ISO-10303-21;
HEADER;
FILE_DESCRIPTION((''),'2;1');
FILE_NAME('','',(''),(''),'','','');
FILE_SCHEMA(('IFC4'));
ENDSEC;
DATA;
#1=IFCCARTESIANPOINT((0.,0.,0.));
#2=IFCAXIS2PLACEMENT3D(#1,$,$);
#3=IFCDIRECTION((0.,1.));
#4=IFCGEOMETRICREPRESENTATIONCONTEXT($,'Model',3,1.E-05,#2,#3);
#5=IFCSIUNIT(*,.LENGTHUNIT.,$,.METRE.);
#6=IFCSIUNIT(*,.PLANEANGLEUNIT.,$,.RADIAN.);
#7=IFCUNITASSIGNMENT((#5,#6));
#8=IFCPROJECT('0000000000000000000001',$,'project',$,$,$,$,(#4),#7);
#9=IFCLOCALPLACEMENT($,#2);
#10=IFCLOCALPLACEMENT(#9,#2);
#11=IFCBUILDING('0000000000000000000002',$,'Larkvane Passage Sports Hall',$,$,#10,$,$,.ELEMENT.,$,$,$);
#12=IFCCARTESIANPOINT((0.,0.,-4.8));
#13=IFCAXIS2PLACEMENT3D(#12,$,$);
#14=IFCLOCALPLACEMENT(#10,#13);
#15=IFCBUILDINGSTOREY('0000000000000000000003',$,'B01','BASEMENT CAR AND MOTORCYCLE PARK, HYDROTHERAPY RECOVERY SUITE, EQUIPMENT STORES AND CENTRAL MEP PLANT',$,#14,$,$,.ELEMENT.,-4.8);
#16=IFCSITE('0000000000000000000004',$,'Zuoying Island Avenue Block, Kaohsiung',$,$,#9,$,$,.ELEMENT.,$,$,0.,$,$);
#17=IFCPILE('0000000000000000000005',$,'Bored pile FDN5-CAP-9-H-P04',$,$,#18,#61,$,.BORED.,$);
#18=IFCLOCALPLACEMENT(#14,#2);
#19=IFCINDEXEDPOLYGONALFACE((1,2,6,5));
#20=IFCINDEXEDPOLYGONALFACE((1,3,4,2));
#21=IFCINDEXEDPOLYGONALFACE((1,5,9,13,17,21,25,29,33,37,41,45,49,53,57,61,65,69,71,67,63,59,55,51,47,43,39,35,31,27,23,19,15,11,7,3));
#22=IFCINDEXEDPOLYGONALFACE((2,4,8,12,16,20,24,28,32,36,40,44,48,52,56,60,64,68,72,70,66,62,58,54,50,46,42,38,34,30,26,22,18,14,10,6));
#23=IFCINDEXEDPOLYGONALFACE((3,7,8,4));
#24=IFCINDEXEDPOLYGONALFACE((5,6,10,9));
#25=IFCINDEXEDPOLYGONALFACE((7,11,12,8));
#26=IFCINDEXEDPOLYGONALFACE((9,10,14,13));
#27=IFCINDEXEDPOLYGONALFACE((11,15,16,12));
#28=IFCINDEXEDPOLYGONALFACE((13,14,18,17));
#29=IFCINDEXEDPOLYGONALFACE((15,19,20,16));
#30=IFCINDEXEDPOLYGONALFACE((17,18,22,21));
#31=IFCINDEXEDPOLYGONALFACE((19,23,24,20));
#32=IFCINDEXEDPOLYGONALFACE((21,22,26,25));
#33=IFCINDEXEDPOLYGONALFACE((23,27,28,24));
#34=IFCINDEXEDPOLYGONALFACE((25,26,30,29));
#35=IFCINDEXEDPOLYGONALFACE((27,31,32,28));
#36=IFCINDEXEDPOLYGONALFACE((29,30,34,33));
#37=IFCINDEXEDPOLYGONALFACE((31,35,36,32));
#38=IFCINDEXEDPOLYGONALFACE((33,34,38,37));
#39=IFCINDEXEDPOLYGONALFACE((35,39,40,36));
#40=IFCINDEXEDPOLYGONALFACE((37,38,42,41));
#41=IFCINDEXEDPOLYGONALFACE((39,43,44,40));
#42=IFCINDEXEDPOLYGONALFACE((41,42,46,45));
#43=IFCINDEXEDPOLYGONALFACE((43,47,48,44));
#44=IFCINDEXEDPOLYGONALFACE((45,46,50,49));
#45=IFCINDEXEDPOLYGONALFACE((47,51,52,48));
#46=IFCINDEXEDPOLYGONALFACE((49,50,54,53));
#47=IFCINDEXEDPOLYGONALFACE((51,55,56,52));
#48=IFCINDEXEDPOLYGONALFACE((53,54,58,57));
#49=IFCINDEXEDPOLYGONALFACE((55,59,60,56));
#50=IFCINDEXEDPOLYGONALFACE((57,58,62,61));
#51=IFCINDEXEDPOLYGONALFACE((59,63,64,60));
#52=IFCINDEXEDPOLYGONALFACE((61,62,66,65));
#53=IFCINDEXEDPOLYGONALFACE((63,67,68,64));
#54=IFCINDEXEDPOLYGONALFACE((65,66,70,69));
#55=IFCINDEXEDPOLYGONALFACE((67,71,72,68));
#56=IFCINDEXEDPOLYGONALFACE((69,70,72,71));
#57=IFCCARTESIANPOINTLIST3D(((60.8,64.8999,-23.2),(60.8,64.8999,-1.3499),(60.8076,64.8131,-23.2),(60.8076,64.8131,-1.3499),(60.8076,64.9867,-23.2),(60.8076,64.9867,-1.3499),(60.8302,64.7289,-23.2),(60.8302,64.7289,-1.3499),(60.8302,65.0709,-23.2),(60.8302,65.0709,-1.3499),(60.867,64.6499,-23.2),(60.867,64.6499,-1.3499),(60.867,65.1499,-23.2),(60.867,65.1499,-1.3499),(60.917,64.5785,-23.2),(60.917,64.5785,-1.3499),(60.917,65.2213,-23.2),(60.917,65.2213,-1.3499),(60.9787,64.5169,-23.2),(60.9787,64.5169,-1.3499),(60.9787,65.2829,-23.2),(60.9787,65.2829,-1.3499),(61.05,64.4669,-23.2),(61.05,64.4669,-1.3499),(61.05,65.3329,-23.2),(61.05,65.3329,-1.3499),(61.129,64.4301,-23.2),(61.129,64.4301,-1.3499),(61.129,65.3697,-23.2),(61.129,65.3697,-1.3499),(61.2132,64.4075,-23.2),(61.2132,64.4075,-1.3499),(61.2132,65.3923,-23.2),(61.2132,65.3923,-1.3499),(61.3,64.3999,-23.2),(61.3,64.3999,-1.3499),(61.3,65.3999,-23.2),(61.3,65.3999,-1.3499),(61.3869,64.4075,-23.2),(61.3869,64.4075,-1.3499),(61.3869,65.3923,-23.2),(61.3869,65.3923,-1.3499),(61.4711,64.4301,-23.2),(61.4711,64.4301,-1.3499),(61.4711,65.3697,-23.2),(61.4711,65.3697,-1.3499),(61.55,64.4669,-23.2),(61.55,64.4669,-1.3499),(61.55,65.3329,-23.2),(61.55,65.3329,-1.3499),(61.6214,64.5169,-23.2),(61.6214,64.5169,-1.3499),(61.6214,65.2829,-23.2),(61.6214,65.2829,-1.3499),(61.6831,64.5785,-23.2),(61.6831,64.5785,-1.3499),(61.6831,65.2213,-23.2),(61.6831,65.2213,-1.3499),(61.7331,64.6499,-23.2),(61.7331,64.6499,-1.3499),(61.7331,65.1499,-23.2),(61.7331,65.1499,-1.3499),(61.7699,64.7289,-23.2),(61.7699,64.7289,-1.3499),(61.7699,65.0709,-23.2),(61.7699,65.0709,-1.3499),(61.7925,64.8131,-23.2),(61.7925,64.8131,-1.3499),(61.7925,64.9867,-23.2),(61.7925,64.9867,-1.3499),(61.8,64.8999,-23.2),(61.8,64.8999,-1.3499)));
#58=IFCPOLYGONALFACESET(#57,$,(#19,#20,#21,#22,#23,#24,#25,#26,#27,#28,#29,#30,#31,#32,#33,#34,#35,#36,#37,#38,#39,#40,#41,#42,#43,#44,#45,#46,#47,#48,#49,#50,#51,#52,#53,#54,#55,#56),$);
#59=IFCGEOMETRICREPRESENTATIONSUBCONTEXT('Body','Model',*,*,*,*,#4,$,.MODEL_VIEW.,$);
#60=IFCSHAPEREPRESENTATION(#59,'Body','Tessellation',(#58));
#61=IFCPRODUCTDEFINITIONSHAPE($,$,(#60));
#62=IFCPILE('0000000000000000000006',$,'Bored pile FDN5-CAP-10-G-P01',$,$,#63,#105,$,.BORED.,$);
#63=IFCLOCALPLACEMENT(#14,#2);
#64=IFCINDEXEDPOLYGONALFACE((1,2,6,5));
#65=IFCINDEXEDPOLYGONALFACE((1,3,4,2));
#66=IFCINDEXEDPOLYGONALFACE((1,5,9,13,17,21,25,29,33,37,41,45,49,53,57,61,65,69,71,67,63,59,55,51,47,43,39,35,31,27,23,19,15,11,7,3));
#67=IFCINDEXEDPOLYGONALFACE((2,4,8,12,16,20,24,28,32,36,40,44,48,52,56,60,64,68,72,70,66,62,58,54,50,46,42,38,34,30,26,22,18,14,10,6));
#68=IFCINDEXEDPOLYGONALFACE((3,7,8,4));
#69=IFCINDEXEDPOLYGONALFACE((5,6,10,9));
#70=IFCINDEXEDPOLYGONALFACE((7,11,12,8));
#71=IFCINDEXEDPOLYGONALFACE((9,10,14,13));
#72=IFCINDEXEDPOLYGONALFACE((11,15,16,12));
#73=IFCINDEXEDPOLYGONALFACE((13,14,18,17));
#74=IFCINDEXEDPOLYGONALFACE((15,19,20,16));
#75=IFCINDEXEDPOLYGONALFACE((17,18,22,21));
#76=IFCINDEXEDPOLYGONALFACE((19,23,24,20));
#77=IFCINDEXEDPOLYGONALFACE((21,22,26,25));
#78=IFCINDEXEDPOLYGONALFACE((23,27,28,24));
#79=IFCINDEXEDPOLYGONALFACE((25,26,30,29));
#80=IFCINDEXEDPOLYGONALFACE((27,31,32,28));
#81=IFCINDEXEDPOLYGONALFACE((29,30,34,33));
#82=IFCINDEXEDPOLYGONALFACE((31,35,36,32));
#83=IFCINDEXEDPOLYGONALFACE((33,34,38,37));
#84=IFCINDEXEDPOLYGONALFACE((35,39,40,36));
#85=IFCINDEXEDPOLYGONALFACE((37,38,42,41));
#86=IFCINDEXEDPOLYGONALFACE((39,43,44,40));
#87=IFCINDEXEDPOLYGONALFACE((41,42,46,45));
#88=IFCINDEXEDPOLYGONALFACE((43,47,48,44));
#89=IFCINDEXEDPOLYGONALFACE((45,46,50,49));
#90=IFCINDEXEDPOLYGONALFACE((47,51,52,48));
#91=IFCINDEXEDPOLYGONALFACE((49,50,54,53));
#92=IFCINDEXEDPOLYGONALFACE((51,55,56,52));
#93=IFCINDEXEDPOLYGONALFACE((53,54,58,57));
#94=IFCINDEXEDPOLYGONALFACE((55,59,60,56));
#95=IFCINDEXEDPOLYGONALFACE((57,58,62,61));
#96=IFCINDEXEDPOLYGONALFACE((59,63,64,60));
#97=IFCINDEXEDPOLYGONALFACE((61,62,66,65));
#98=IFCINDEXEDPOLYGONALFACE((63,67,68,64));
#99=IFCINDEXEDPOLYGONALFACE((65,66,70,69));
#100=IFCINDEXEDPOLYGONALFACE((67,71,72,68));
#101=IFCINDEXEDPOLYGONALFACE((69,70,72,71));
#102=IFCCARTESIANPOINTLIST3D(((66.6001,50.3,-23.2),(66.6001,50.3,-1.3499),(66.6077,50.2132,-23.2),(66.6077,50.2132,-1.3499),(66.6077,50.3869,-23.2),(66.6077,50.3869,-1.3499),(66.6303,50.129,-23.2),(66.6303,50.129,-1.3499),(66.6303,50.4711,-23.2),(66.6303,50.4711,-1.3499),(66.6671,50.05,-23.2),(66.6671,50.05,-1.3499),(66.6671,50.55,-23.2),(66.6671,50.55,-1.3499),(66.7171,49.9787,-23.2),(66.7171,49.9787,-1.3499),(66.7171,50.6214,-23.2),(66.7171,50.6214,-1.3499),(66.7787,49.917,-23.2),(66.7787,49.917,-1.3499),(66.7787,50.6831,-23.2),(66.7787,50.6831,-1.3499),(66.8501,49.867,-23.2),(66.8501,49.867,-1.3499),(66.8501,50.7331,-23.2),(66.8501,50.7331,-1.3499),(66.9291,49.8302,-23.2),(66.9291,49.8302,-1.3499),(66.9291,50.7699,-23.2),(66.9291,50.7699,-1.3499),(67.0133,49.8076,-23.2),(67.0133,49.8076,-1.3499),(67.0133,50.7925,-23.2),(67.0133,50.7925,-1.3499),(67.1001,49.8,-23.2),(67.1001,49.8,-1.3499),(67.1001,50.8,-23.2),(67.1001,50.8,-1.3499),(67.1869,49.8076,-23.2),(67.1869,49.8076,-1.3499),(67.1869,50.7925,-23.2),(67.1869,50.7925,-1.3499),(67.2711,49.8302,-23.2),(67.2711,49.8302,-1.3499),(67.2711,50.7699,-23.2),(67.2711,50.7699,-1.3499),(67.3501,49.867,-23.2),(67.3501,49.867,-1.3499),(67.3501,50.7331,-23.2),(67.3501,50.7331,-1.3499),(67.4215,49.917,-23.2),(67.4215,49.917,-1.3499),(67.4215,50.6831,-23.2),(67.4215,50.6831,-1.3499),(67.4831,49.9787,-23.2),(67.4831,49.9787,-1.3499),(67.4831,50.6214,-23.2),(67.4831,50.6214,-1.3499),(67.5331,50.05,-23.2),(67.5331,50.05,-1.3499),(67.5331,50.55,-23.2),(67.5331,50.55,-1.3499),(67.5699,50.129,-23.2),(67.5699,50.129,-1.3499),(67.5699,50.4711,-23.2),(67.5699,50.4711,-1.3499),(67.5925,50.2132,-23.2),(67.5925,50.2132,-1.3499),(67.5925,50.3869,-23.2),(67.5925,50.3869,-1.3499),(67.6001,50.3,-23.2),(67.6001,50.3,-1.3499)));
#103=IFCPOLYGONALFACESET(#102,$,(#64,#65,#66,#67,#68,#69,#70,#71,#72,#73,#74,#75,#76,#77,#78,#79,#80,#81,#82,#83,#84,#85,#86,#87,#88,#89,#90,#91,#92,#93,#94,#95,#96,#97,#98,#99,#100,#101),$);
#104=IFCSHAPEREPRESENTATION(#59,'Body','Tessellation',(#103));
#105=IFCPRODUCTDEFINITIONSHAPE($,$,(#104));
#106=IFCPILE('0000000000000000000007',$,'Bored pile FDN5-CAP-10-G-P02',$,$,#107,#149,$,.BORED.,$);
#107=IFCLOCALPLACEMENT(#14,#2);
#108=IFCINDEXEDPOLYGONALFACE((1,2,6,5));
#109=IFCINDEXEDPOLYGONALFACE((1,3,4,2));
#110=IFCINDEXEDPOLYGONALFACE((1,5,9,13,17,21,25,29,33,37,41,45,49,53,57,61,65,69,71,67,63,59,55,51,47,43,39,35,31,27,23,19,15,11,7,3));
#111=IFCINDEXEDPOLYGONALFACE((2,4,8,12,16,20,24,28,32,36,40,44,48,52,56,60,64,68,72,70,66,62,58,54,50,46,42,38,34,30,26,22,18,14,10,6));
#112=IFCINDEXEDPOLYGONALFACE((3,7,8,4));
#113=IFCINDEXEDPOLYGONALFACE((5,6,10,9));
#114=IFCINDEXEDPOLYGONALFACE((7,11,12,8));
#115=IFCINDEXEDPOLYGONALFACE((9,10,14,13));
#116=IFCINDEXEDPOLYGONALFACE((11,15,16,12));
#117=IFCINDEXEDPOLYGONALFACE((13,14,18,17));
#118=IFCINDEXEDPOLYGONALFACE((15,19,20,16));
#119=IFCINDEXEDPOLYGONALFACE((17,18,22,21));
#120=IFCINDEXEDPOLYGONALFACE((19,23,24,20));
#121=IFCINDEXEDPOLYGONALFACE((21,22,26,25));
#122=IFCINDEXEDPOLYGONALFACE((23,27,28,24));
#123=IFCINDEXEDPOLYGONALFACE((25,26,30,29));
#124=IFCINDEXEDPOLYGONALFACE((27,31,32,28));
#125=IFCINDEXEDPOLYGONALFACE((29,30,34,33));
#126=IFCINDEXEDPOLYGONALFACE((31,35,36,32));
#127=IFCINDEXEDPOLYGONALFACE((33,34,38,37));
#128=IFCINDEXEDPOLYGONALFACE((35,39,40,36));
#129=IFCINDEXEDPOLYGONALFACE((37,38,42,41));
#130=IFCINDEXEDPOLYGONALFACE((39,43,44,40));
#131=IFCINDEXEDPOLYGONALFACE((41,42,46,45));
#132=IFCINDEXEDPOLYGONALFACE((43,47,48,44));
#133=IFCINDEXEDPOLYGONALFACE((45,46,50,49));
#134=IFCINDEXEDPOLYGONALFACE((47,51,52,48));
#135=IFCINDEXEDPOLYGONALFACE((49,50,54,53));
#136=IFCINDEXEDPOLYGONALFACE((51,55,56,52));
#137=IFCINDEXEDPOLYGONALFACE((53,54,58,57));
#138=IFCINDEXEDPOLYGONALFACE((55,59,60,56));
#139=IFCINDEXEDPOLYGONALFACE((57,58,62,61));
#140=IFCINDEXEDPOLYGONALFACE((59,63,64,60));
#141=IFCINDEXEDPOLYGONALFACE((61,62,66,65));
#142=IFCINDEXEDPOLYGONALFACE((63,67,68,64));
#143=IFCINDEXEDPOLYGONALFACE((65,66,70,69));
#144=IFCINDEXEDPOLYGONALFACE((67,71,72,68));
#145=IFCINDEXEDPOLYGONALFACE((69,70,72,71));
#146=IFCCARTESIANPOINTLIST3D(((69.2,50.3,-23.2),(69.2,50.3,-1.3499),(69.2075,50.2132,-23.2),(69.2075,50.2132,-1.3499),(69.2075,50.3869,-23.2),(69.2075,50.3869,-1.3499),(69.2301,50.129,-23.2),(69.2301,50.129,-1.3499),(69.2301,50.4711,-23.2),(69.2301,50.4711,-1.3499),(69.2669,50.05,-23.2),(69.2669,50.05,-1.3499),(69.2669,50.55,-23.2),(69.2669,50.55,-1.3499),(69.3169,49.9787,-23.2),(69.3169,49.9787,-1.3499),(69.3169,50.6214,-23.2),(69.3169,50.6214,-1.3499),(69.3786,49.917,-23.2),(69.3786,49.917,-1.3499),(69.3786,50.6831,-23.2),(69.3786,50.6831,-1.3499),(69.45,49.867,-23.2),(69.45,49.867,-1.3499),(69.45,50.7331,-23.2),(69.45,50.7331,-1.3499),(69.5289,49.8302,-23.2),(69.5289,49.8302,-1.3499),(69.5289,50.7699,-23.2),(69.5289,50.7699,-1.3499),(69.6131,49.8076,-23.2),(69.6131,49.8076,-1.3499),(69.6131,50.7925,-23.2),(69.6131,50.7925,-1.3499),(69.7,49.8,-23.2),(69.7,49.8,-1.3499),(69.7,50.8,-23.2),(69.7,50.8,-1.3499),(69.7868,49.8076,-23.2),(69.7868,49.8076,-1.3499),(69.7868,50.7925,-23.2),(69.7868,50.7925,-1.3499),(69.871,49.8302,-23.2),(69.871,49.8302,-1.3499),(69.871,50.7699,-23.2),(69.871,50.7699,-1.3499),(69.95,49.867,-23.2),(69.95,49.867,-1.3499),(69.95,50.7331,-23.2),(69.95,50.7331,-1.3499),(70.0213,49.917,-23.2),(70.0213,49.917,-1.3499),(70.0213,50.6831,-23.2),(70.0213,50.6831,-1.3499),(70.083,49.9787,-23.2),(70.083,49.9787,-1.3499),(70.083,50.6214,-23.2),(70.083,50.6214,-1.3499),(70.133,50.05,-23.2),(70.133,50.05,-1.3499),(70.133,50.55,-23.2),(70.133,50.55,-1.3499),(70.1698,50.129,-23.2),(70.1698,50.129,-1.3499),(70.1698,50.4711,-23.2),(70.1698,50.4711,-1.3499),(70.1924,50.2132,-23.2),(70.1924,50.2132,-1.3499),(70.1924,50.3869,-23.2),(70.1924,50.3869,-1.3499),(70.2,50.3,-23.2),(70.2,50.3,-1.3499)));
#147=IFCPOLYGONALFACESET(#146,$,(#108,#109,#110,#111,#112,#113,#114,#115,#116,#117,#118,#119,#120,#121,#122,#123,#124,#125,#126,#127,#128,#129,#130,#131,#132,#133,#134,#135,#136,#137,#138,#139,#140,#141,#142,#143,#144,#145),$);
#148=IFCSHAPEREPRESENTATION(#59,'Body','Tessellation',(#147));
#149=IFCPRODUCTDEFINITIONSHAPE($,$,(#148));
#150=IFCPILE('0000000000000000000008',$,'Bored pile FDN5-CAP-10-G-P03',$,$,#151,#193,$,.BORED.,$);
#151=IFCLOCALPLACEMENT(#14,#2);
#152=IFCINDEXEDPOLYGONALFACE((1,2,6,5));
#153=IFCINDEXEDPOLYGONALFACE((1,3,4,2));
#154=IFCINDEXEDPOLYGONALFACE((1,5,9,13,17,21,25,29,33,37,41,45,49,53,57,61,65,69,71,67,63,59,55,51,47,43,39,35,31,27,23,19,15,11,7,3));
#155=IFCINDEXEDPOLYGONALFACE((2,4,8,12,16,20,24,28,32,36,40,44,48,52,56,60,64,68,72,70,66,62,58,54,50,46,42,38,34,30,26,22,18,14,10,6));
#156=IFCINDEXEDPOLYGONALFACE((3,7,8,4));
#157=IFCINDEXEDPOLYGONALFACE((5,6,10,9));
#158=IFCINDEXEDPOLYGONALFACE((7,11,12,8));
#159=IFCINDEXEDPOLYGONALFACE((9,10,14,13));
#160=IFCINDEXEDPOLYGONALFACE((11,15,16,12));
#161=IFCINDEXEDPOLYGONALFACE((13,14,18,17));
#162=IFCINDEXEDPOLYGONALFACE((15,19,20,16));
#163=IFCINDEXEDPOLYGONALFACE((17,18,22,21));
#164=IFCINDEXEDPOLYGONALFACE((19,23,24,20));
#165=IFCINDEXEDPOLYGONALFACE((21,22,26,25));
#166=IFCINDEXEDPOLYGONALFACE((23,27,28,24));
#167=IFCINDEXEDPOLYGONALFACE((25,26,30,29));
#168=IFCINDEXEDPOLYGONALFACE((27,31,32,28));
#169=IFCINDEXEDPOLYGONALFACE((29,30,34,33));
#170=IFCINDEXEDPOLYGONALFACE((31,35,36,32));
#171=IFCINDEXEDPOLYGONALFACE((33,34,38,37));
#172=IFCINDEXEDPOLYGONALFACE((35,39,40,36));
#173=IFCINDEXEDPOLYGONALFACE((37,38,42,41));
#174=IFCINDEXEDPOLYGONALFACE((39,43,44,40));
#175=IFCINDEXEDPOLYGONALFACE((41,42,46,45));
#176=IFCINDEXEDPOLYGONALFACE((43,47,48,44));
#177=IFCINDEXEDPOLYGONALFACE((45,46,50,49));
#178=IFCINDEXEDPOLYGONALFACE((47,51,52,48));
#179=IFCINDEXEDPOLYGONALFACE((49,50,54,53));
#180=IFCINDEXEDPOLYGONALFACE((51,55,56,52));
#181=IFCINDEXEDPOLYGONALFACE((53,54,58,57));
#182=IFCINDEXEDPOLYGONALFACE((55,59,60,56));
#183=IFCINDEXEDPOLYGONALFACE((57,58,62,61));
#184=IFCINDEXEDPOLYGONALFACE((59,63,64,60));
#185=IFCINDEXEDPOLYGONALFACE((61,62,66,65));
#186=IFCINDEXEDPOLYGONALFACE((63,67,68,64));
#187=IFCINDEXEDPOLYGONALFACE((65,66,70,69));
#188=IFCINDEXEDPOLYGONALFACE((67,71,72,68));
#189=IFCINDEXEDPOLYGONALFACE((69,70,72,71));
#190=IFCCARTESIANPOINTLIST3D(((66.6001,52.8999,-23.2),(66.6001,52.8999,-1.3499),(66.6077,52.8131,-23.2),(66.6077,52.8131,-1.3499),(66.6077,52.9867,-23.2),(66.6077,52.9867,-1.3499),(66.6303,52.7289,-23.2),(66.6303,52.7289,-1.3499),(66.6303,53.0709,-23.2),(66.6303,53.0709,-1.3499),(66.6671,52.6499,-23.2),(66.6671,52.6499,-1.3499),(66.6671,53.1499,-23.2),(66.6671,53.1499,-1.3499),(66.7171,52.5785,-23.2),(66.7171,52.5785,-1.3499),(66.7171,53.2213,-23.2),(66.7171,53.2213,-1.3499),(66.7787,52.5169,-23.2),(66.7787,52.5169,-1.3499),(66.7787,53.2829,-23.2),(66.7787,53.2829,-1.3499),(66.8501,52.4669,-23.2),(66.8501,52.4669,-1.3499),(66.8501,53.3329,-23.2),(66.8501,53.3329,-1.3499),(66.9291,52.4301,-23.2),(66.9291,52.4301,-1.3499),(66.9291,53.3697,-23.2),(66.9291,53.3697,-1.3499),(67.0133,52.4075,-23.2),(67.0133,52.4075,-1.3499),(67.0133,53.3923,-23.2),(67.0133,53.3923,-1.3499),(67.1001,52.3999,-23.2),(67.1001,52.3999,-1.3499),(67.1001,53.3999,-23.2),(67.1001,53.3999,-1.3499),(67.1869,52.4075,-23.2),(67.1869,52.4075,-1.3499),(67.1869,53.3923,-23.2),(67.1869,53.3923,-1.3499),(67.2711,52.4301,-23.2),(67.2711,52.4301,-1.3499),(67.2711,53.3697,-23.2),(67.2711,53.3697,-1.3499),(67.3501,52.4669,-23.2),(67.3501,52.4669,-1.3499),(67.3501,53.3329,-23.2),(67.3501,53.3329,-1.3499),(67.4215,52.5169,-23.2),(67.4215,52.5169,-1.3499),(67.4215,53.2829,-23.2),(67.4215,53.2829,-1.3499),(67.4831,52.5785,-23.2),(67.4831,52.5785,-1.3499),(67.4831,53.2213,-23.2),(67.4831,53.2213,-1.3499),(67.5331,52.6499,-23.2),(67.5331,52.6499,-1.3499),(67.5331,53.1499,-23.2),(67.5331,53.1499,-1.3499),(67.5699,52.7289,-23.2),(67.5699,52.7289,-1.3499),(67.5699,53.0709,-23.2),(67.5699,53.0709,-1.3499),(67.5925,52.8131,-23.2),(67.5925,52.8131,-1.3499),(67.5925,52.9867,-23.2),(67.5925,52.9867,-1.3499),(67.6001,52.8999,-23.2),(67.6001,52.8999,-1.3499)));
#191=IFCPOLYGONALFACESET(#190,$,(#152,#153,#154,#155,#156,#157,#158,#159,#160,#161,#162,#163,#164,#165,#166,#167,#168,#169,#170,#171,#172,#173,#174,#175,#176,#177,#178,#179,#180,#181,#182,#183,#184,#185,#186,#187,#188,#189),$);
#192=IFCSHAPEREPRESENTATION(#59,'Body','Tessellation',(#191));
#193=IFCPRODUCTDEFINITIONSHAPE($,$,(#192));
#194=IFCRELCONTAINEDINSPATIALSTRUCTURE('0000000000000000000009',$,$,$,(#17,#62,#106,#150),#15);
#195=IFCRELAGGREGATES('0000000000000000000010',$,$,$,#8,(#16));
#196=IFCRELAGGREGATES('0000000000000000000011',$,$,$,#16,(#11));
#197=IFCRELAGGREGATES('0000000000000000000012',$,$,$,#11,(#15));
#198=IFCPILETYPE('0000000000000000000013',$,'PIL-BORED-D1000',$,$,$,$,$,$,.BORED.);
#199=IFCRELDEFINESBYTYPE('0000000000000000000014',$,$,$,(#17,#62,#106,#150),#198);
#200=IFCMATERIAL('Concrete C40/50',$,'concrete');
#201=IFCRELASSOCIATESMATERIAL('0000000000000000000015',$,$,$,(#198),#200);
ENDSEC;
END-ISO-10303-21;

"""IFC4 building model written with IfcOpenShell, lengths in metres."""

from ifc_helpers import new_model, si_unit, direction, frame, origin, origin_2d, place, context, subcontext, project, spatial, circle, extrude, material, material_profile, profile_set, type_object, element, save


model = new_model("IFC4")

# Units and contexts
model_context = context("Model", 3, precision=1e-05, world=origin(), true_north=direction((0.0, 1.0)))
body_context = subcontext(model_context, "Body", "Model", "MODEL_VIEW")
ifc_project = project(units=[si_unit("LENGTHUNIT", "METRE"), si_unit("PLANEANGLEUNIT", "RADIAN")], contexts=[model_context])

# Site, building, storey
site_placement = place(None, origin())
site = spatial("IfcSite", under=ifc_project, at=site_placement, Name="Zuoying Island Avenue Block, Kaohsiung", CompositionType="ELEMENT", RefElevation=0.0)
building_placement = place(site_placement, origin())
building = spatial("IfcBuilding", under=site, at=building_placement, Name="Larkvane Passage Sports Hall", CompositionType="ELEMENT")
storey_placement = place(building_placement, frame((0.0, 0.0, -4.8)))
storey = spatial("IfcBuildingStorey", under=building, at=storey_placement, Name="B01", Description="BASEMENT CAR AND MOTORCYCLE PARK, HYDROTHERAPY RECOVERY SUITE, EQUIPMENT STORES AND CENTRAL MEP PLANT", CompositionType="ELEMENT", Elevation=-4.8)

# Shared definitions
ifc_material_1 = material(Name="Concrete C40/50", Category="concrete")

# Piles
ifc_material_profile_1 = material_profile(ifc_material_1, circle(Radius=0.5, at=origin_2d()), Name="PILE-D1000")
ifc_profile_set_1 = profile_set([ifc_material_profile_1], Name="Concrete C40/50")
pile_type_1 = type_object("IfcPileType", Name="PIL-BORED-D1000", PredefinedType="BORED", material=ifc_profile_set_1)
for number, where, z_axis, x_axis, name in (
    (1, (61.3, 64.8999, -1.3499), (0.0, 0.0, -1.0), (1.0, 0.0, 0.0), "Bored pile FDN5-CAP-9-H-P04"),
    (2, (67.1001, 50.3, -1.3499), (0.0, 0.0, -1.0), (1.0, 0.0, 0.0), "Bored pile FDN5-CAP-10-G-P01"),
    (3, (69.7, 50.3, -1.3499), (0.0, 0.0, -1.0), (1.0, 0.0, 0.0), "Bored pile FDN5-CAP-10-G-P02"),
    (4, (67.1001, 52.8999, -1.3499), (0.0, 0.0, -1.0), (1.0, 0.0, 0.0), "Bored pile FDN5-CAP-10-G-P03"),
):
    element("IfcPile", number, at=place(storey_placement, frame(where, z_axis=z_axis, x_axis=x_axis)), inside=storey, type_object=pile_type_1, Name=name, PredefinedType="BORED", context=body_context, shape_type="SweptSolid", body=[
        extrude(circle(Radius=0.5, at=origin_2d()), origin(), (0.0, 0.0, 1.0), 21.8501),
    ])

save(model, "model.ifc")
